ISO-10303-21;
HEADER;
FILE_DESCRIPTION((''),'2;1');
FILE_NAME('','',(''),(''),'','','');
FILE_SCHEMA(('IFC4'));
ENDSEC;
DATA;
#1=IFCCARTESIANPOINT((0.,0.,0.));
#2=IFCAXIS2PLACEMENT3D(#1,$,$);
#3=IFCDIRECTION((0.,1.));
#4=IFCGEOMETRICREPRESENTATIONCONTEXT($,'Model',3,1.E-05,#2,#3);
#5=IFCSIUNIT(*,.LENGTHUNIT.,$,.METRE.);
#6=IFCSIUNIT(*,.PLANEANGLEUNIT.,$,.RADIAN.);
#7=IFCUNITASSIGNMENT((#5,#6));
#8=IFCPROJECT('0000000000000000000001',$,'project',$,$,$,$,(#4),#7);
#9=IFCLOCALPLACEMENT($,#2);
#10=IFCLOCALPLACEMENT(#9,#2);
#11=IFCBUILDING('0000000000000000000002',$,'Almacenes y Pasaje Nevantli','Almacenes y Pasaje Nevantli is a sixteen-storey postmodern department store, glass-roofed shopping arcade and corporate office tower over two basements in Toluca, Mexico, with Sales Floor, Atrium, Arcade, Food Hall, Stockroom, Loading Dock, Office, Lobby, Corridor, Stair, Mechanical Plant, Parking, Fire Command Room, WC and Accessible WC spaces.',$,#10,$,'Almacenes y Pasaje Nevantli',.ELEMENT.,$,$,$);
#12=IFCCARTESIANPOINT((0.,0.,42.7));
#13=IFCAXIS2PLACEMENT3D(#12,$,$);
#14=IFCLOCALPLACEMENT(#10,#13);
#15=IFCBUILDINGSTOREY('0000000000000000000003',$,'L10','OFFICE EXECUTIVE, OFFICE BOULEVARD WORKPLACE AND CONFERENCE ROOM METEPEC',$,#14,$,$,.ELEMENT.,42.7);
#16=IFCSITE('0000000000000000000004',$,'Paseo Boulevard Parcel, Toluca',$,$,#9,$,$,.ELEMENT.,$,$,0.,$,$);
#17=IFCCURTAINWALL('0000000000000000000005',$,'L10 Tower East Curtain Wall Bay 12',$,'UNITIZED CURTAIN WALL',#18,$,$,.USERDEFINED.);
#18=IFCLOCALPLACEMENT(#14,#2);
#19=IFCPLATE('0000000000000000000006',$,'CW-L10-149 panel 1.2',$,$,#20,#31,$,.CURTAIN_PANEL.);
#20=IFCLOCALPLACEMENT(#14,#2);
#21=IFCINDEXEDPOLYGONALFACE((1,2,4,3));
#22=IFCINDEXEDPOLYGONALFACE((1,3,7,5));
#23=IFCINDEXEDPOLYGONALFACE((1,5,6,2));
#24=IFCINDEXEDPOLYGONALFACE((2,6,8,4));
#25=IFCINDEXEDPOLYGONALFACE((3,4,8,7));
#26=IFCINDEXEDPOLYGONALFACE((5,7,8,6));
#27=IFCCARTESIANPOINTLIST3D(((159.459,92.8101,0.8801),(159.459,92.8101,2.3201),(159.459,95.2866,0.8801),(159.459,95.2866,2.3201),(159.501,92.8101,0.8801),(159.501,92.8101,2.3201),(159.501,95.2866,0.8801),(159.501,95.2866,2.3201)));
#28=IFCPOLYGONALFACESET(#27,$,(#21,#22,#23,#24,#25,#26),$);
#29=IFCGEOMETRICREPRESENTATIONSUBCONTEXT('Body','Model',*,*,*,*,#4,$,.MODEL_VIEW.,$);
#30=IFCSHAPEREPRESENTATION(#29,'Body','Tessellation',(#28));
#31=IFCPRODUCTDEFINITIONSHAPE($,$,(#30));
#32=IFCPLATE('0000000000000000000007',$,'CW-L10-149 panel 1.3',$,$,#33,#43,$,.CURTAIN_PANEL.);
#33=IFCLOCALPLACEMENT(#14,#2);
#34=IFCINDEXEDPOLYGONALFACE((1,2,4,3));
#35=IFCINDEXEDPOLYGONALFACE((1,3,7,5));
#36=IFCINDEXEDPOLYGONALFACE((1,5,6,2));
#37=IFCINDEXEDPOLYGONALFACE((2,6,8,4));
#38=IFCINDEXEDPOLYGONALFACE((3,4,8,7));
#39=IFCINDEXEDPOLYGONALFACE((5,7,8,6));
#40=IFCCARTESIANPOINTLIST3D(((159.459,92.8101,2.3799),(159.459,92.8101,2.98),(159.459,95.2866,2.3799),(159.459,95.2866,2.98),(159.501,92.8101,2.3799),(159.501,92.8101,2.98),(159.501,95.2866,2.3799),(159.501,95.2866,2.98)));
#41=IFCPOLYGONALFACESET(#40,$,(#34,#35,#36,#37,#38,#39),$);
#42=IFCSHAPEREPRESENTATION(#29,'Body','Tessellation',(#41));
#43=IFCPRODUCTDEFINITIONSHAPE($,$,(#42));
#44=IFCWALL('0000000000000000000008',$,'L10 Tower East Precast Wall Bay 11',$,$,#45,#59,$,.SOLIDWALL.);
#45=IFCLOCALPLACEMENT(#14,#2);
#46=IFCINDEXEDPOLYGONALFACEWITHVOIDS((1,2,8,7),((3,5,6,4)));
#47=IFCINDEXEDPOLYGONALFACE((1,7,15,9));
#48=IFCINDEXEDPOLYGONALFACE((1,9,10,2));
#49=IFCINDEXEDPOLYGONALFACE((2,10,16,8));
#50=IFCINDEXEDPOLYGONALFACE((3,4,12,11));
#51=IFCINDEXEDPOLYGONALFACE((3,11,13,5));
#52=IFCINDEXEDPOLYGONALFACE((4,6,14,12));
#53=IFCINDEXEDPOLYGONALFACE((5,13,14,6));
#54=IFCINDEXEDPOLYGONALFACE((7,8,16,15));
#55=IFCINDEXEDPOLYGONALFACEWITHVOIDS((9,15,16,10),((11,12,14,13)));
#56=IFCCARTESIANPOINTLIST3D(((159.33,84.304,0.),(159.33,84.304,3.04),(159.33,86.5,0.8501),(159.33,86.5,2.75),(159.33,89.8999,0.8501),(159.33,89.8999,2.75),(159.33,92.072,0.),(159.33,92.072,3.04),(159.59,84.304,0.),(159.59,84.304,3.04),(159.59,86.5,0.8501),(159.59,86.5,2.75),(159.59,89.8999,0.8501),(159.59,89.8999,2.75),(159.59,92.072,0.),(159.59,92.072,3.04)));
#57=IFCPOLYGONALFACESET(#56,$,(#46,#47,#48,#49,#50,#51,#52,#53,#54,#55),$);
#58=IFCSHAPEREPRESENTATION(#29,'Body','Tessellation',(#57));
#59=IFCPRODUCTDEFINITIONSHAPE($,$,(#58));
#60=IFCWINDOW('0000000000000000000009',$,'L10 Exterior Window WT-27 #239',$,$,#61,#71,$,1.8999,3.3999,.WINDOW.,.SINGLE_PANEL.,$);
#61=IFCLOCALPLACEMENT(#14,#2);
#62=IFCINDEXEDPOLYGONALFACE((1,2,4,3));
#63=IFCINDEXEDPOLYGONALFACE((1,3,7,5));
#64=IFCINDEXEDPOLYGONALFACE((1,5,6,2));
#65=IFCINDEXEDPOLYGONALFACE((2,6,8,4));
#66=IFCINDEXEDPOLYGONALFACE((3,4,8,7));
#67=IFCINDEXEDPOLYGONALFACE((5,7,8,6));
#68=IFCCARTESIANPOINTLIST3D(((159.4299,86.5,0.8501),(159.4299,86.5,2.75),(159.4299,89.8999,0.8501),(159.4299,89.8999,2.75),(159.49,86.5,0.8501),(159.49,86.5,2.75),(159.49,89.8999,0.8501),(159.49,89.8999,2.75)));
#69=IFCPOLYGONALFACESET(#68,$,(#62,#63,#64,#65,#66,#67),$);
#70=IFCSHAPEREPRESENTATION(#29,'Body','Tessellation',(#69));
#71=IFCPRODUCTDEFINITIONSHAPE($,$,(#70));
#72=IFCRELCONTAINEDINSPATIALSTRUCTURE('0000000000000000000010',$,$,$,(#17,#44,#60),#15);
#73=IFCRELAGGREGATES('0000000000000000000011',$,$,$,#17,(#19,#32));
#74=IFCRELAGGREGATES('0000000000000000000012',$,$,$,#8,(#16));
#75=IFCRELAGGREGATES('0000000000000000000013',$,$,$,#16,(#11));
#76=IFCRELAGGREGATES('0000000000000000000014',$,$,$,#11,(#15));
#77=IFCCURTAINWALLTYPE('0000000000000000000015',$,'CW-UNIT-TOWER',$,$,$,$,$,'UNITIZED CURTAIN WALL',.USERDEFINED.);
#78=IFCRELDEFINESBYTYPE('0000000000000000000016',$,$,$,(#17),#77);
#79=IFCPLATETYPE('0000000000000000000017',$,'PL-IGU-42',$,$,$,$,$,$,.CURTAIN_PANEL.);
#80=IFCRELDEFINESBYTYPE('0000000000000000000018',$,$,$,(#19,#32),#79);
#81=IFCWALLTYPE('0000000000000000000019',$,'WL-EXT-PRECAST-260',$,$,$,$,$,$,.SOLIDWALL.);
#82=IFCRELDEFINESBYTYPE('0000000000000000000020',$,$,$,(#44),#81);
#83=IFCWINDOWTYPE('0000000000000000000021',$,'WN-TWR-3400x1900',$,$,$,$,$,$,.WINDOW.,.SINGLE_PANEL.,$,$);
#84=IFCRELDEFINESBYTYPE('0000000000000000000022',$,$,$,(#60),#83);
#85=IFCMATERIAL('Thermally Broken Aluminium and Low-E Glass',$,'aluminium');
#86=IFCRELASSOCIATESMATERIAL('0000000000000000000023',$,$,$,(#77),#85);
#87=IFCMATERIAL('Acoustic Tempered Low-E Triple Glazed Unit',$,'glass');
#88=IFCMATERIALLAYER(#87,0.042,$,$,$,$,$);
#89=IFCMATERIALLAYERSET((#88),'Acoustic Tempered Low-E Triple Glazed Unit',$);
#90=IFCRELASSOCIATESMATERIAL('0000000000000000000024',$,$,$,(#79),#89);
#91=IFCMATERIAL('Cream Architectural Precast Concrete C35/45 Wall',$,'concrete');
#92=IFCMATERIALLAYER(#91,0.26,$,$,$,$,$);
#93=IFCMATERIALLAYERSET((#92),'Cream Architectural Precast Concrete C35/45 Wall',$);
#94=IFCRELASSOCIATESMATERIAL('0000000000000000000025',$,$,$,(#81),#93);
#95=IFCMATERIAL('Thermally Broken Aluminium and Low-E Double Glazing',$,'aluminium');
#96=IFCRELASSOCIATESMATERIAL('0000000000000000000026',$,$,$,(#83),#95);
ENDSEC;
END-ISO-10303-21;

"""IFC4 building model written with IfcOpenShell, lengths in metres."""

from ifc_helpers import new_model, si_unit, direction, frame, frame_2d, origin, origin_2d, place, context, subcontext, project, spatial, rectangle, extrude, material, layer, layer_set, type_object, element, fill, aggregate, save


model = new_model("IFC4")

# Units and contexts
model_context = context("Model", 3, precision=1e-05, world=origin(), true_north=direction((0.0, 1.0)))
body_context = subcontext(model_context, "Body", "Model", "MODEL_VIEW")
ifc_project = project(units=[si_unit("LENGTHUNIT", "METRE"), si_unit("PLANEANGLEUNIT", "RADIAN")], contexts=[model_context])

# Site, building, storey
site_placement = place(None, origin())
site = spatial("IfcSite", under=ifc_project, at=site_placement, Name="Paseo Boulevard Parcel, Toluca", CompositionType="ELEMENT", RefElevation=0.0)
building_placement = place(site_placement, origin())
building = spatial("IfcBuilding", under=site, at=building_placement, Name="Almacenes y Pasaje Nevantli", Description="Almacenes y Pasaje Nevantli is a sixteen-storey postmodern department store, glass-roofed shopping arcade and corporate office tower over two basements in Toluca, Mexico, with Sales Floor, Atrium, Arcade, Food Hall, Stockroom, Loading Dock, Office, Lobby, Corridor, Stair, Mechanical Plant, Parking, Fire Command Room, WC and Accessible WC spaces.", LongName="Almacenes y Pasaje Nevantli", CompositionType="ELEMENT")
storey_placement = place(building_placement, frame((0.0, 0.0, 42.7)))
storey = spatial("IfcBuildingStorey", under=building, at=storey_placement, Name="L10", Description="OFFICE EXECUTIVE, OFFICE BOULEVARD WORKPLACE AND CONFERENCE ROOM METEPEC", CompositionType="ELEMENT", Elevation=42.7)

# Shared definitions
ifc_material_1 = material(Name="Thermally Broken Aluminium and Low-E Glass", Category="aluminium")
curtain_wall_type = type_object("IfcCurtainWallType", Name="CW-UNIT-TOWER", ElementType="UNITIZED CURTAIN WALL", PredefinedType="USERDEFINED", material=ifc_material_1)

# Curtain wall
curtain_wall_1_placement = place(storey_placement, origin())
curtain_wall_1 = element("IfcCurtainWall", 1, at=curtain_wall_1_placement, inside=storey, type_object=curtain_wall_type, Name="L10 Tower East Curtain Wall Bay 12", ObjectType="UNITIZED CURTAIN WALL", PredefinedType="USERDEFINED")

# Plates
ifc_material_2 = material(Name="Acoustic Tempered Low-E Triple Glazed Unit", Category="glass")
ifc_layer_1 = layer(ifc_material_2, 0.042)
ifc_layer_set_1 = layer_set([ifc_layer_1], Name="Acoustic Tempered Low-E Triple Glazed Unit")
plate_type = type_object("IfcPlateType", Name="PL-IGU-42", PredefinedType="CURTAIN_PANEL", material=ifc_layer_set_1)
plate_1_placement = place(storey_placement, frame((159.48, 94.0483, 0.8801), z_axis=(0.0, 0.0, 1.0), x_axis=(0.0, 1.0, 0.0)))
plate_1 = element("IfcPlate", 2, at=plate_1_placement, type_object=plate_type, Name="CW-L10-149 panel 1.2", PredefinedType="CURTAIN_PANEL", context=body_context, shape_type="SweptSolid", body=[
    extrude(rectangle(XDim=2.4766, YDim=0.042, at=origin_2d()), origin(), (0.0, 0.0, 1.0), 1.4399),
])
plate_2_placement = place(storey_placement, frame((159.48, 94.0483, 2.3799), z_axis=(0.0, 0.0, 1.0), x_axis=(0.0, 1.0, 0.0)))
plate_2 = element("IfcPlate", 3, at=plate_2_placement, type_object=plate_type, Name="CW-L10-149 panel 1.3", PredefinedType="CURTAIN_PANEL", context=body_context, shape_type="SweptSolid", body=[
    extrude(rectangle(XDim=2.4766, YDim=0.042, at=origin_2d()), origin(), (0.0, 0.0, 1.0), 0.6001),
])
aggregate(curtain_wall_1, [plate_1, plate_2])

# Wall, opening, window
ifc_material_3 = material(Name="Cream Architectural Precast Concrete C35/45 Wall", Category="concrete")
ifc_layer_2 = layer(ifc_material_3, 0.26)
ifc_layer_set_2 = layer_set([ifc_layer_2], Name="Cream Architectural Precast Concrete C35/45 Wall")
wall_type = type_object("IfcWallType", Name="WL-EXT-PRECAST-260", PredefinedType="SOLIDWALL", material=ifc_layer_set_2)
wall_placement = place(storey_placement, frame((159.46, 84.304, 0.0), z_axis=(0.0, 0.0, 1.0), x_axis=(0.0, 1.0, 0.0)))
wall = element("IfcWall", 4, at=wall_placement, inside=storey, type_object=wall_type, Name="L10 Tower East Precast Wall Bay 11", PredefinedType="SOLIDWALL", context=body_context, shape_type="SweptSolid", body=[
    extrude(rectangle(XDim=7.7681, YDim=0.26, at=frame_2d((3.884, 0.0))), origin(), (0.0, 0.0, 1.0), 3.04),
])
opening_placement = place(wall_placement, frame((2.196, 0.0, 0.8501)))
opening = element("IfcOpeningElement", 5, at=opening_placement, cuts=wall, PredefinedType="OPENING", context=body_context, shape_type="SweptSolid", body=[
    extrude(rectangle(XDim=3.3999, YDim=1.8999, at=frame_2d((1.7, 0.95))), frame((0.0, 0.1399, 0.0), z_axis=(0.0, -1.0, 0.0), x_axis=(1.0, 0.0, 0.0)), (0.0, 0.0, 1.0), 0.28),
])
ifc_material_4 = material(Name="Thermally Broken Aluminium and Low-E Double Glazing", Category="aluminium")
window_type = type_object("IfcWindowType", Name="WN-TWR-3400x1900", PartitioningType="SINGLE_PANEL", PredefinedType="WINDOW", material=ifc_material_4)
window_placement = place(opening_placement, origin())
window = element("IfcWindow", 6, at=window_placement, inside=storey, type_object=window_type, Name="L10 Exterior Window WT-27 #239", OverallHeight=1.8999, OverallWidth=3.3999, PartitioningType="SINGLE_PANEL", PredefinedType="WINDOW", context=body_context, shape_type="SweptSolid", body=[
    extrude(rectangle(XDim=3.3999, YDim=1.8999, at=frame_2d((1.7, 0.95))), frame((0.0, 0.03, 0.0), z_axis=(0.0, -1.0, 0.0), x_axis=(1.0, 0.0, 0.0)), (0.0, 0.0, 1.0), 0.0601),
])
fill(opening, window)

save(model, "model.ifc")
